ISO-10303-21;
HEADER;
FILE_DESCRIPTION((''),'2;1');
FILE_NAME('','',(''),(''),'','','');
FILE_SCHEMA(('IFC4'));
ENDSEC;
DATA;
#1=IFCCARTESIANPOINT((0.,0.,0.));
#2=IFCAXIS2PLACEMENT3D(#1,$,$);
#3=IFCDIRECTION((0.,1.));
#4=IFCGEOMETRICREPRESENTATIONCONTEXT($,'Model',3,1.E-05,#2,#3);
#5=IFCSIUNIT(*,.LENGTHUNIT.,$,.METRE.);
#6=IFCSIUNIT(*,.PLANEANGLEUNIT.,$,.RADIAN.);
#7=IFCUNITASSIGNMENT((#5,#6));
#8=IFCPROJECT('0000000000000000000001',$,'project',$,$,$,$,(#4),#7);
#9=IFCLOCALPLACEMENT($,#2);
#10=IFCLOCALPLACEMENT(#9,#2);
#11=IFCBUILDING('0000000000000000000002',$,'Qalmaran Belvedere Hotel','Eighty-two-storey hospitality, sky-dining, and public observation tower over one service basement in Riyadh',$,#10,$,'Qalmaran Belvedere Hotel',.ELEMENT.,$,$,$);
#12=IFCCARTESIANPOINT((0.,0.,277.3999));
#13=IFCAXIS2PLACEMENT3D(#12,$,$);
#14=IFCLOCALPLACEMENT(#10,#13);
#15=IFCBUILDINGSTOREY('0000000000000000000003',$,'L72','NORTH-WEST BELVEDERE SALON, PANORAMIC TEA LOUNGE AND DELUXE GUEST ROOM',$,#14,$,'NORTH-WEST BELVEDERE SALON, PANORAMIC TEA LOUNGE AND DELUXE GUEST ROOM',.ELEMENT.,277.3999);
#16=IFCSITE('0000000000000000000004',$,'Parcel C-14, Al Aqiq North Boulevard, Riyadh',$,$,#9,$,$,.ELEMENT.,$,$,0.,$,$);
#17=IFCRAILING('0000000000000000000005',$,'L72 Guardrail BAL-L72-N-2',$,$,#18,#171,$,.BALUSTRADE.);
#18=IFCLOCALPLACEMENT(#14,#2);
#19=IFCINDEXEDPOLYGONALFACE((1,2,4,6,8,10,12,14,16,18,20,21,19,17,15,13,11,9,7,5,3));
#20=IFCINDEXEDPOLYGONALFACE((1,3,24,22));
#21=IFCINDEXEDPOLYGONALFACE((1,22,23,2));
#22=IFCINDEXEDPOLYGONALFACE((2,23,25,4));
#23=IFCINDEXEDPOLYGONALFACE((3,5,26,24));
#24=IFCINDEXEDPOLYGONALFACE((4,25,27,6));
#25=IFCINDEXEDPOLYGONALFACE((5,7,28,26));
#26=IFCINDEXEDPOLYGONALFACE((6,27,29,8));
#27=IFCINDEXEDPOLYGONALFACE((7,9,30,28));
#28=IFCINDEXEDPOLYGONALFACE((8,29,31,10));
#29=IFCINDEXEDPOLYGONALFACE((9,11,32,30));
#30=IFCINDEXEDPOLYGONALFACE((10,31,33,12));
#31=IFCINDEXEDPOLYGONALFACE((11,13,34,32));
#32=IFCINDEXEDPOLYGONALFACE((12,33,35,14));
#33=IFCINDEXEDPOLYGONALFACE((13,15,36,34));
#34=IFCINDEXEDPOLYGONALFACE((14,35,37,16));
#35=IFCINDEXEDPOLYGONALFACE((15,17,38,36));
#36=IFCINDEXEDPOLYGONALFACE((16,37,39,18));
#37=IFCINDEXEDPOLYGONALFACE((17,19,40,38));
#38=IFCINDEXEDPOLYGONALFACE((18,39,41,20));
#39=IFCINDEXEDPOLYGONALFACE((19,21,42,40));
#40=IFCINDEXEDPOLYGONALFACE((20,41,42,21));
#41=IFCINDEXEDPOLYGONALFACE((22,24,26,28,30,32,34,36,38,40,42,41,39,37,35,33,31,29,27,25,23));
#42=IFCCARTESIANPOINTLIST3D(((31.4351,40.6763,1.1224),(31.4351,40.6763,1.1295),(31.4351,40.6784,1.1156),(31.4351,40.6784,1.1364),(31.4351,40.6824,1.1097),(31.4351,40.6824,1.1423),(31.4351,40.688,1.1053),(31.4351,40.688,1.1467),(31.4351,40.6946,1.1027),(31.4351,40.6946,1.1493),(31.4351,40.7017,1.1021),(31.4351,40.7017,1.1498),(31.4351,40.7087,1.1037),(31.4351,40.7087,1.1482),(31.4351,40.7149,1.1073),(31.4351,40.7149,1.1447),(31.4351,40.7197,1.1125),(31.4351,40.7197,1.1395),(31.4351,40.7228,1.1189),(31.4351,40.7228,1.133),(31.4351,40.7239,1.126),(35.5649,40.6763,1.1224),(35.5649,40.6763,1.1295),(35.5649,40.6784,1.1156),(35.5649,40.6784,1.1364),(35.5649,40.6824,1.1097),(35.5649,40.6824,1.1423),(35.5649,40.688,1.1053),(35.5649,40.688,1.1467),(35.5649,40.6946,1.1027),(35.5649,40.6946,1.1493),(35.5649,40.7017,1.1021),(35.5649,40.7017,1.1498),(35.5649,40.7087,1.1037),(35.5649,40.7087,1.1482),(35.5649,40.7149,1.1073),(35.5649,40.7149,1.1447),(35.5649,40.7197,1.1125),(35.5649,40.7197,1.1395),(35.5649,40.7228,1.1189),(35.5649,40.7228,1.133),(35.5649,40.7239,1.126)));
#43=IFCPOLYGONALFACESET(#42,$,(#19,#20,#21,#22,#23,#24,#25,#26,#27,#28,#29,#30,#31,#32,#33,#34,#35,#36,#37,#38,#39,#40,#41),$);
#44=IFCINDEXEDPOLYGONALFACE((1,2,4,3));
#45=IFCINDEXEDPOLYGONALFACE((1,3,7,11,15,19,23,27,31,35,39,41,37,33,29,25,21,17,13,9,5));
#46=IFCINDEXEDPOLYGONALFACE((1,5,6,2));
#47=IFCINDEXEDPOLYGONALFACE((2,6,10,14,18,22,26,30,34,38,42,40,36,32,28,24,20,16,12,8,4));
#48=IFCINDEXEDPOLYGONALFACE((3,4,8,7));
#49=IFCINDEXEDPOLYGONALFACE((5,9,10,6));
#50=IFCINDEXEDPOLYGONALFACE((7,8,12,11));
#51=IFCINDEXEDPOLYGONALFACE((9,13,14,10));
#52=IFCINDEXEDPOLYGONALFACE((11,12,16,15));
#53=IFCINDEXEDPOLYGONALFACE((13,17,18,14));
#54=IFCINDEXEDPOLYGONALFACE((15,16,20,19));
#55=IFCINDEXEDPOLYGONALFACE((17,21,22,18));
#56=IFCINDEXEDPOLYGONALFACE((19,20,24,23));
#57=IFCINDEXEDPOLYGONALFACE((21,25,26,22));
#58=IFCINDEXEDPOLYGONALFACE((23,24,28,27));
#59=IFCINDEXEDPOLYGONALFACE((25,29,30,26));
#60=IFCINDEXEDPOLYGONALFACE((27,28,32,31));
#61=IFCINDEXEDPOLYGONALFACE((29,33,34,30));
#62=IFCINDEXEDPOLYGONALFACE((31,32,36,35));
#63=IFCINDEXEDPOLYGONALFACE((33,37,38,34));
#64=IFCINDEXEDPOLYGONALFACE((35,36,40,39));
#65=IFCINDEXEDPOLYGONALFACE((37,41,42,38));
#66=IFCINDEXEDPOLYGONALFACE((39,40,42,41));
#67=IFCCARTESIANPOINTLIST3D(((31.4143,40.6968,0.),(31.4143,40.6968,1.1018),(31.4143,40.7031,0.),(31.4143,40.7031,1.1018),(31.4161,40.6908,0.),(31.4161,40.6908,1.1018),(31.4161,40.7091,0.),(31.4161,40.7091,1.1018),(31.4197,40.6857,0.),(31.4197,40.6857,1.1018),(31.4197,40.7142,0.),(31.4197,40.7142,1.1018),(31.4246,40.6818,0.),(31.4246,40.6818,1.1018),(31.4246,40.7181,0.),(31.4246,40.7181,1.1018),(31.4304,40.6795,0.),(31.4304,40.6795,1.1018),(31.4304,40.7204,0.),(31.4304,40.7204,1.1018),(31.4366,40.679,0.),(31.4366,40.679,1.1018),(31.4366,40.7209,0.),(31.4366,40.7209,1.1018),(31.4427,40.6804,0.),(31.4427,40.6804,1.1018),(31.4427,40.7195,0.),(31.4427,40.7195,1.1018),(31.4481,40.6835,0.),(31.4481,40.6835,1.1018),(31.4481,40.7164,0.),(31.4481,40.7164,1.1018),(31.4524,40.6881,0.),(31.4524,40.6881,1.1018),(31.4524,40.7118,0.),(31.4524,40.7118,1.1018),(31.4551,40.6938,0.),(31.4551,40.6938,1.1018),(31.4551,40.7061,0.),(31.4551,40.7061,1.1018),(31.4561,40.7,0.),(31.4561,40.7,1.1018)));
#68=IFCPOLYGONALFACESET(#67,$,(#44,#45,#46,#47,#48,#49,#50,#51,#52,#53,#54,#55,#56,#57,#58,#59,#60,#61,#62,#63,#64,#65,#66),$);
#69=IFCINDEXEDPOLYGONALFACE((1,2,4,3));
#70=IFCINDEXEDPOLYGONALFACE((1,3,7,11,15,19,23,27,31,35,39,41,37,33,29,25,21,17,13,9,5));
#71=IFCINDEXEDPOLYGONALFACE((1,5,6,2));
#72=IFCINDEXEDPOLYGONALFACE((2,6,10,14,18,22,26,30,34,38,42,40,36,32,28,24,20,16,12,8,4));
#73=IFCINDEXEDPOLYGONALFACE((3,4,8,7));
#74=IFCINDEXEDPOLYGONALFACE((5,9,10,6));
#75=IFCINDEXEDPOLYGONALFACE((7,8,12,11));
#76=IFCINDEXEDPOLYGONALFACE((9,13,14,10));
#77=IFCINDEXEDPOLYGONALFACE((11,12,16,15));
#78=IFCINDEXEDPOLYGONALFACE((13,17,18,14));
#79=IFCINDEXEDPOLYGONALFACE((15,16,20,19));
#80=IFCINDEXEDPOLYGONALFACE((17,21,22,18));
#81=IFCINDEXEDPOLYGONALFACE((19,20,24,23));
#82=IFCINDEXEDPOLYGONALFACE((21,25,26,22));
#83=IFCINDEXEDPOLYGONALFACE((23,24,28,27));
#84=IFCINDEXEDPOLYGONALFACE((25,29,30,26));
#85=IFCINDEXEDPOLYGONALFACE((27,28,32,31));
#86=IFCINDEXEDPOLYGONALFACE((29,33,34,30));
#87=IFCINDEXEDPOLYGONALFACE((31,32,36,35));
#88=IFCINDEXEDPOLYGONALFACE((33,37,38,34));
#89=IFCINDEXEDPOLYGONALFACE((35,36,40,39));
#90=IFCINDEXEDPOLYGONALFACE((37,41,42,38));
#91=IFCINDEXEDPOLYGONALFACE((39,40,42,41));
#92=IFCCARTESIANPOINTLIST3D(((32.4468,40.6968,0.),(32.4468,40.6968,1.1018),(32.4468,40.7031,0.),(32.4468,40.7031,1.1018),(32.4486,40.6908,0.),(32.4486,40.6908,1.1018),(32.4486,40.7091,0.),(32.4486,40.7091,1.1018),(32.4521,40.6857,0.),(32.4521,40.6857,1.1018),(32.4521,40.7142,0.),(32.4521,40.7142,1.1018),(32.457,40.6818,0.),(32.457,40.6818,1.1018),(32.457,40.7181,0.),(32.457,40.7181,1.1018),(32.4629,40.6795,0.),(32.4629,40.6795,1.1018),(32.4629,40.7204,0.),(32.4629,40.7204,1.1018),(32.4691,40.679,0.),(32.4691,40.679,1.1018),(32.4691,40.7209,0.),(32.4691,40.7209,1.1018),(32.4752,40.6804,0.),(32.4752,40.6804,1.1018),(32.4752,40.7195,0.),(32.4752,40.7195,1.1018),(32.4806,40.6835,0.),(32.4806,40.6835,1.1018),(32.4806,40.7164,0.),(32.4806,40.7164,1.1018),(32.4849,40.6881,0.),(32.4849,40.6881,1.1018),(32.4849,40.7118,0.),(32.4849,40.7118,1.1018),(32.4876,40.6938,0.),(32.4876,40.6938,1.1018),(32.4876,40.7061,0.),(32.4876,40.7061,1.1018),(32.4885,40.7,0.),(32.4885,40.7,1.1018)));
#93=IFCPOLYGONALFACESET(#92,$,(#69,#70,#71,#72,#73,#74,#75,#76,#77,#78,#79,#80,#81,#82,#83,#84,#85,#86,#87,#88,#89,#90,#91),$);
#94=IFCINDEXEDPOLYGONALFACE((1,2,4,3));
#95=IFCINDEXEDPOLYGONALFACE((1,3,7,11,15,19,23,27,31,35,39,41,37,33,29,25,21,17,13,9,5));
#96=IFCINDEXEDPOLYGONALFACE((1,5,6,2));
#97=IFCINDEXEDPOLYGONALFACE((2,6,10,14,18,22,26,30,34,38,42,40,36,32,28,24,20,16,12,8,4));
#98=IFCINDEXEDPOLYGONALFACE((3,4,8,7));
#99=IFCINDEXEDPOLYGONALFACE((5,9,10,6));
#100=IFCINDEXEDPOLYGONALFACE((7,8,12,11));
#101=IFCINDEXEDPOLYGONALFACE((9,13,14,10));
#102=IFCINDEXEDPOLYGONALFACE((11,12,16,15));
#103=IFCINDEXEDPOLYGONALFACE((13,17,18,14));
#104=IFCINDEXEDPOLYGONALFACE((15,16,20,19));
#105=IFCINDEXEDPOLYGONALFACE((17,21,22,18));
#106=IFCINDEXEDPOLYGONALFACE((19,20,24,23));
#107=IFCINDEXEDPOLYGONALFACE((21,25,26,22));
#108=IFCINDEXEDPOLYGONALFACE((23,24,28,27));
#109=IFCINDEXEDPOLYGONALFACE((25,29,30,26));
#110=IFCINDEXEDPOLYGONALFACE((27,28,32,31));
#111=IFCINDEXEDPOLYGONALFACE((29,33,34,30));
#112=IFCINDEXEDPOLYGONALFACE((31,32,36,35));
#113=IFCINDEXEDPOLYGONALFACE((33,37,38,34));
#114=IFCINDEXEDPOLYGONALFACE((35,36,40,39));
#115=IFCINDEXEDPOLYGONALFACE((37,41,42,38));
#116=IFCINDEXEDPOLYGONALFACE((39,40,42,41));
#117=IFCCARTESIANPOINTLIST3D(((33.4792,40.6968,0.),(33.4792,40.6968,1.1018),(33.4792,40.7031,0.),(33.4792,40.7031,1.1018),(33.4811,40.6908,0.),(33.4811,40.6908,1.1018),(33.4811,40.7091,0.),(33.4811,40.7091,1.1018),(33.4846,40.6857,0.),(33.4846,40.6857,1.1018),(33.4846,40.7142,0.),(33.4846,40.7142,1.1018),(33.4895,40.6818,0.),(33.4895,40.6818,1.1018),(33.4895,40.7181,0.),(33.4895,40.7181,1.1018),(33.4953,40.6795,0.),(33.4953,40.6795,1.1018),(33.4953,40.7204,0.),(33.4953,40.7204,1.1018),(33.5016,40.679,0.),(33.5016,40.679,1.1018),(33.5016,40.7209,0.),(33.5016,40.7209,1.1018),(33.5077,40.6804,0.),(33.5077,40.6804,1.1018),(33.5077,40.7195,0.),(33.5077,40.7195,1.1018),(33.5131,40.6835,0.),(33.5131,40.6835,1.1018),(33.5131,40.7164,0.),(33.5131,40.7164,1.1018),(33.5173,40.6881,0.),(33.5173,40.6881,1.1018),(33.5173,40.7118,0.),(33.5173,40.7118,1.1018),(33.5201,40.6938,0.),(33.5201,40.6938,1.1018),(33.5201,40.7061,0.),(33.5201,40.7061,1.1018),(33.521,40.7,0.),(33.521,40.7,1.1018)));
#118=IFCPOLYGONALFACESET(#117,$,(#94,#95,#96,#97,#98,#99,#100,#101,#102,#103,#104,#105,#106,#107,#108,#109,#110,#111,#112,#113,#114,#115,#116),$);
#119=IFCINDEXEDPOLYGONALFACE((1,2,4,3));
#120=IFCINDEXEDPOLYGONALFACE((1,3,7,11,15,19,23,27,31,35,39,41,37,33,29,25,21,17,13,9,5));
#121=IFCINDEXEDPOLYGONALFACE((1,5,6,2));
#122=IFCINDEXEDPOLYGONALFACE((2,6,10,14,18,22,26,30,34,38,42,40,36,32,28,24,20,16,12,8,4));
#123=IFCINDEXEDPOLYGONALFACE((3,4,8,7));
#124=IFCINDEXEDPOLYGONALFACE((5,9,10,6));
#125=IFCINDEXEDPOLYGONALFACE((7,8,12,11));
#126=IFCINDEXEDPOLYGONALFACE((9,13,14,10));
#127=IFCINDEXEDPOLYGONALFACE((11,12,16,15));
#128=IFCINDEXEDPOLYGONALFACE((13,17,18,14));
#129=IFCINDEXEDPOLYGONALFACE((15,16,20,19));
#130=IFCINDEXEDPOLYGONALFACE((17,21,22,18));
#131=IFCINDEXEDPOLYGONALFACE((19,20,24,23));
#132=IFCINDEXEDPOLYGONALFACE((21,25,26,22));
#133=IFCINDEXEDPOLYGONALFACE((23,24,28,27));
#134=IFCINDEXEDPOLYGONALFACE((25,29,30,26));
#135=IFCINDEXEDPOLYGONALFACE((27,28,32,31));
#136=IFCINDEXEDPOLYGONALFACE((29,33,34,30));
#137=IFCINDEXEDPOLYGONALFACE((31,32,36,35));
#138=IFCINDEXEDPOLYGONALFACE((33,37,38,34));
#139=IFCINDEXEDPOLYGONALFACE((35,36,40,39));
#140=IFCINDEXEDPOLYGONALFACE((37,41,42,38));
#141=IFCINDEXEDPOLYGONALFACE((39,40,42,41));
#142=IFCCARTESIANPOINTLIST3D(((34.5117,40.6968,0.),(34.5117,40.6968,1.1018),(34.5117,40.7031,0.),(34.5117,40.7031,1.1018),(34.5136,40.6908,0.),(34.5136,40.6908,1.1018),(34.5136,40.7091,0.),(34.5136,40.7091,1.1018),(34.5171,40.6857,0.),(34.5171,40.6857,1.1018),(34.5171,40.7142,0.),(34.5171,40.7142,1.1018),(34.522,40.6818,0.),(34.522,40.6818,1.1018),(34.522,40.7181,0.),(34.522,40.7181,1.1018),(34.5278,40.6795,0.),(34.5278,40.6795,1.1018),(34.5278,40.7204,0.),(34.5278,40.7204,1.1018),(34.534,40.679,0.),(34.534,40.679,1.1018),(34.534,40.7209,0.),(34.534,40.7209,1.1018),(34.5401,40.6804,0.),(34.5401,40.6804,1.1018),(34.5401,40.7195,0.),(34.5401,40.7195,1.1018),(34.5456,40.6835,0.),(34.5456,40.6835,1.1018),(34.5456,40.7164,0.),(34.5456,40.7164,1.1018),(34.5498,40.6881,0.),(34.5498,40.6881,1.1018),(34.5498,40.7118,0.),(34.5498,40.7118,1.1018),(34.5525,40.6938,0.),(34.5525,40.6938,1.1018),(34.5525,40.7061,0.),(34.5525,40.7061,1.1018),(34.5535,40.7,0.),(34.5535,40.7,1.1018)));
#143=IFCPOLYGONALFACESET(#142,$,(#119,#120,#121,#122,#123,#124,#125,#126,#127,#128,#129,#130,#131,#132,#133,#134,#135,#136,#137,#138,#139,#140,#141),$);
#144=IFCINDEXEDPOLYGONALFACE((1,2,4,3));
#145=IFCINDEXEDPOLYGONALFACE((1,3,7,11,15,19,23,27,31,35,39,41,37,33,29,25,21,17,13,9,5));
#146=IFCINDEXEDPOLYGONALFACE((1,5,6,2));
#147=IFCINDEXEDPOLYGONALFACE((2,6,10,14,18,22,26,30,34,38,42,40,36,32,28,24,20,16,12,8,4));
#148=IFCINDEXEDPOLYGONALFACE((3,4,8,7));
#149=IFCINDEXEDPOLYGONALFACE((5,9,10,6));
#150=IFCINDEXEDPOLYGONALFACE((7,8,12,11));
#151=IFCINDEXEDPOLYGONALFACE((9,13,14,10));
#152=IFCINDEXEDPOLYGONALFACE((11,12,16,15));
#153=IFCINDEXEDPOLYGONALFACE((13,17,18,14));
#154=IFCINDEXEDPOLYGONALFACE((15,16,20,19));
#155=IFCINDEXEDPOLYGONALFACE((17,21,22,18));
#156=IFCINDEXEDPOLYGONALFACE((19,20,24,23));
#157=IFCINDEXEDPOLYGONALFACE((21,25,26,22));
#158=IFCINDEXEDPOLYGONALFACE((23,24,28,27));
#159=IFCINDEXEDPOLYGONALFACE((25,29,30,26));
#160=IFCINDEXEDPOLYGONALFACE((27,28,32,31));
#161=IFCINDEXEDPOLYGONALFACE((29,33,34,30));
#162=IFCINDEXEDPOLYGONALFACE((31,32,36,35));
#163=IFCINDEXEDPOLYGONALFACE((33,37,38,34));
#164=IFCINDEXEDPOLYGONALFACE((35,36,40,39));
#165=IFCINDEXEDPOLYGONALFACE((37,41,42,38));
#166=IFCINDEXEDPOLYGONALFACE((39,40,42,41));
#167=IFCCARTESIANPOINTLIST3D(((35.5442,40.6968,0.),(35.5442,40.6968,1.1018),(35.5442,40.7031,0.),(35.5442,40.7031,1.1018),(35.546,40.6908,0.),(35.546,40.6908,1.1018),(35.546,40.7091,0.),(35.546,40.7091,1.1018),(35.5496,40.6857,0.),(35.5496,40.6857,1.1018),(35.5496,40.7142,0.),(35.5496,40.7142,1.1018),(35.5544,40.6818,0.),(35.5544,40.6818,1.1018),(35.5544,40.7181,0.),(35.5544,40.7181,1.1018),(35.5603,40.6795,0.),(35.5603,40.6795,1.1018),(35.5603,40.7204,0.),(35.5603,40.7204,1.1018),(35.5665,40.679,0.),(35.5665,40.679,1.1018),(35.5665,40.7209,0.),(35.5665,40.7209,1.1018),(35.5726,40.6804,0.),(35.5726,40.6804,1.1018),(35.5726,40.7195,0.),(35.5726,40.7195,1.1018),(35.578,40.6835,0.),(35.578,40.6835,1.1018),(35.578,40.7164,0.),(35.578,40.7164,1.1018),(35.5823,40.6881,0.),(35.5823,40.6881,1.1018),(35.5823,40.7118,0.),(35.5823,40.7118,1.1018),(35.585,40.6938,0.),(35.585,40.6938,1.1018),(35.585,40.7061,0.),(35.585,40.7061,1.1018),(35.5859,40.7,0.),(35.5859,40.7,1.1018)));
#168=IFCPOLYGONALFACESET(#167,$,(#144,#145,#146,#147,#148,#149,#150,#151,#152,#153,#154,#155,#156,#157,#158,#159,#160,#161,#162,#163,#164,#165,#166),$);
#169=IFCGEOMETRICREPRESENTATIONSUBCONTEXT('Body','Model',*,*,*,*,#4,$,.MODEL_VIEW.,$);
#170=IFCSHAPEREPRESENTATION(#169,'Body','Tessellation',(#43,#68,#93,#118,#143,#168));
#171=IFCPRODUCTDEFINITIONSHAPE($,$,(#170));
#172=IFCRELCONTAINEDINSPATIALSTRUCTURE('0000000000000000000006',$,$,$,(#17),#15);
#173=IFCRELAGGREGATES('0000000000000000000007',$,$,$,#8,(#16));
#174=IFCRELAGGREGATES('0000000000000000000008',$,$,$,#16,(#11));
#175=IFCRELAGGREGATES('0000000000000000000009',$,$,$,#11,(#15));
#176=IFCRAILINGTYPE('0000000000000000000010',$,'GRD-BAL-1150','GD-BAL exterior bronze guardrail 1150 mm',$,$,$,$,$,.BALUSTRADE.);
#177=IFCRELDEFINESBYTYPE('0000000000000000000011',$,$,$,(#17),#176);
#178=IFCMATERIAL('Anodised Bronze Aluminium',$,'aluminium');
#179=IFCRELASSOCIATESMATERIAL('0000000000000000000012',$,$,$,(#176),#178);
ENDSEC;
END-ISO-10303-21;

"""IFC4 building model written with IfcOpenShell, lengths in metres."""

from ifc_helpers import new_model, si_unit, direction, frame, origin, origin_2d, place, context, subcontext, project, spatial, circle, extrude, material, type_object, element, save


model = new_model("IFC4")

# Units and contexts
model_context = context("Model", 3, precision=1e-05, world=origin(), true_north=direction((0.0, 1.0)))
body_context = subcontext(model_context, "Body", "Model", "MODEL_VIEW")
ifc_project = project(units=[si_unit("LENGTHUNIT", "METRE"), si_unit("PLANEANGLEUNIT", "RADIAN")], contexts=[model_context])

# Site, building, storey
site_placement = place(None, origin())
site = spatial("IfcSite", under=ifc_project, at=site_placement, Name="Parcel C-14, Al Aqiq North Boulevard, Riyadh", CompositionType="ELEMENT", RefElevation=0.0)
building_placement = place(site_placement, origin())
building = spatial("IfcBuilding", under=site, at=building_placement, Name="Qalmaran Belvedere Hotel", Description="Eighty-two-storey hospitality, sky-dining, and public observation tower over one service basement in Riyadh", LongName="Qalmaran Belvedere Hotel", CompositionType="ELEMENT")
storey_placement = place(building_placement, frame((0.0, 0.0, 277.3999)))
storey = spatial("IfcBuildingStorey", under=building, at=storey_placement, Name="L72", Description="NORTH-WEST BELVEDERE SALON, PANORAMIC TEA LOUNGE AND DELUXE GUEST ROOM", LongName="NORTH-WEST BELVEDERE SALON, PANORAMIC TEA LOUNGE AND DELUXE GUEST ROOM", CompositionType="ELEMENT", Elevation=277.3999)

# Shared definitions
ifc_material_1 = material(Name="Anodised Bronze Aluminium", Category="aluminium")

# Railing
railing_type = type_object("IfcRailingType", Name="GRD-BAL-1150", Description="GD-BAL exterior bronze guardrail 1150 mm", PredefinedType="BALUSTRADE", material=ifc_material_1)
railing_1_placement = place(storey_placement, frame((31.4351, 40.7, 0.0)))
element("IfcRailing", 1, at=railing_1_placement, inside=storey, type_object=railing_type, Name="L72 Guardrail BAL-L72-N-2", PredefinedType="BALUSTRADE", context=body_context, shape_type="SweptSolid", body=[
    extrude(circle(Radius=0.0239, at=origin_2d()), frame((0.0, 0.0, 1.126), z_axis=(1.0, 0.0, 0.0), x_axis=(0.0, 1.0, 0.0)), (0.0, 0.0, 1.0), 4.1299),
    extrude(circle(Radius=0.021, at=origin_2d()), origin(), (0.0, 0.0, 1.0), 1.1018),
    extrude(circle(Radius=0.021, at=origin_2d()), frame((1.0325, 0.0, 0.0)), (0.0, 0.0, 1.0), 1.1018),
    extrude(circle(Radius=0.021, at=origin_2d()), frame((2.0649, 0.0, 0.0)), (0.0, 0.0, 1.0), 1.1018),
    extrude(circle(Radius=0.021, at=origin_2d()), frame((3.0974, 0.0, 0.0)), (0.0, 0.0, 1.0), 1.1018),
    extrude(circle(Radius=0.021, at=origin_2d()), frame((4.1299, 0.0, 0.0)), (0.0, 0.0, 1.0), 1.1018),
])

save(model, "model.ifc")
